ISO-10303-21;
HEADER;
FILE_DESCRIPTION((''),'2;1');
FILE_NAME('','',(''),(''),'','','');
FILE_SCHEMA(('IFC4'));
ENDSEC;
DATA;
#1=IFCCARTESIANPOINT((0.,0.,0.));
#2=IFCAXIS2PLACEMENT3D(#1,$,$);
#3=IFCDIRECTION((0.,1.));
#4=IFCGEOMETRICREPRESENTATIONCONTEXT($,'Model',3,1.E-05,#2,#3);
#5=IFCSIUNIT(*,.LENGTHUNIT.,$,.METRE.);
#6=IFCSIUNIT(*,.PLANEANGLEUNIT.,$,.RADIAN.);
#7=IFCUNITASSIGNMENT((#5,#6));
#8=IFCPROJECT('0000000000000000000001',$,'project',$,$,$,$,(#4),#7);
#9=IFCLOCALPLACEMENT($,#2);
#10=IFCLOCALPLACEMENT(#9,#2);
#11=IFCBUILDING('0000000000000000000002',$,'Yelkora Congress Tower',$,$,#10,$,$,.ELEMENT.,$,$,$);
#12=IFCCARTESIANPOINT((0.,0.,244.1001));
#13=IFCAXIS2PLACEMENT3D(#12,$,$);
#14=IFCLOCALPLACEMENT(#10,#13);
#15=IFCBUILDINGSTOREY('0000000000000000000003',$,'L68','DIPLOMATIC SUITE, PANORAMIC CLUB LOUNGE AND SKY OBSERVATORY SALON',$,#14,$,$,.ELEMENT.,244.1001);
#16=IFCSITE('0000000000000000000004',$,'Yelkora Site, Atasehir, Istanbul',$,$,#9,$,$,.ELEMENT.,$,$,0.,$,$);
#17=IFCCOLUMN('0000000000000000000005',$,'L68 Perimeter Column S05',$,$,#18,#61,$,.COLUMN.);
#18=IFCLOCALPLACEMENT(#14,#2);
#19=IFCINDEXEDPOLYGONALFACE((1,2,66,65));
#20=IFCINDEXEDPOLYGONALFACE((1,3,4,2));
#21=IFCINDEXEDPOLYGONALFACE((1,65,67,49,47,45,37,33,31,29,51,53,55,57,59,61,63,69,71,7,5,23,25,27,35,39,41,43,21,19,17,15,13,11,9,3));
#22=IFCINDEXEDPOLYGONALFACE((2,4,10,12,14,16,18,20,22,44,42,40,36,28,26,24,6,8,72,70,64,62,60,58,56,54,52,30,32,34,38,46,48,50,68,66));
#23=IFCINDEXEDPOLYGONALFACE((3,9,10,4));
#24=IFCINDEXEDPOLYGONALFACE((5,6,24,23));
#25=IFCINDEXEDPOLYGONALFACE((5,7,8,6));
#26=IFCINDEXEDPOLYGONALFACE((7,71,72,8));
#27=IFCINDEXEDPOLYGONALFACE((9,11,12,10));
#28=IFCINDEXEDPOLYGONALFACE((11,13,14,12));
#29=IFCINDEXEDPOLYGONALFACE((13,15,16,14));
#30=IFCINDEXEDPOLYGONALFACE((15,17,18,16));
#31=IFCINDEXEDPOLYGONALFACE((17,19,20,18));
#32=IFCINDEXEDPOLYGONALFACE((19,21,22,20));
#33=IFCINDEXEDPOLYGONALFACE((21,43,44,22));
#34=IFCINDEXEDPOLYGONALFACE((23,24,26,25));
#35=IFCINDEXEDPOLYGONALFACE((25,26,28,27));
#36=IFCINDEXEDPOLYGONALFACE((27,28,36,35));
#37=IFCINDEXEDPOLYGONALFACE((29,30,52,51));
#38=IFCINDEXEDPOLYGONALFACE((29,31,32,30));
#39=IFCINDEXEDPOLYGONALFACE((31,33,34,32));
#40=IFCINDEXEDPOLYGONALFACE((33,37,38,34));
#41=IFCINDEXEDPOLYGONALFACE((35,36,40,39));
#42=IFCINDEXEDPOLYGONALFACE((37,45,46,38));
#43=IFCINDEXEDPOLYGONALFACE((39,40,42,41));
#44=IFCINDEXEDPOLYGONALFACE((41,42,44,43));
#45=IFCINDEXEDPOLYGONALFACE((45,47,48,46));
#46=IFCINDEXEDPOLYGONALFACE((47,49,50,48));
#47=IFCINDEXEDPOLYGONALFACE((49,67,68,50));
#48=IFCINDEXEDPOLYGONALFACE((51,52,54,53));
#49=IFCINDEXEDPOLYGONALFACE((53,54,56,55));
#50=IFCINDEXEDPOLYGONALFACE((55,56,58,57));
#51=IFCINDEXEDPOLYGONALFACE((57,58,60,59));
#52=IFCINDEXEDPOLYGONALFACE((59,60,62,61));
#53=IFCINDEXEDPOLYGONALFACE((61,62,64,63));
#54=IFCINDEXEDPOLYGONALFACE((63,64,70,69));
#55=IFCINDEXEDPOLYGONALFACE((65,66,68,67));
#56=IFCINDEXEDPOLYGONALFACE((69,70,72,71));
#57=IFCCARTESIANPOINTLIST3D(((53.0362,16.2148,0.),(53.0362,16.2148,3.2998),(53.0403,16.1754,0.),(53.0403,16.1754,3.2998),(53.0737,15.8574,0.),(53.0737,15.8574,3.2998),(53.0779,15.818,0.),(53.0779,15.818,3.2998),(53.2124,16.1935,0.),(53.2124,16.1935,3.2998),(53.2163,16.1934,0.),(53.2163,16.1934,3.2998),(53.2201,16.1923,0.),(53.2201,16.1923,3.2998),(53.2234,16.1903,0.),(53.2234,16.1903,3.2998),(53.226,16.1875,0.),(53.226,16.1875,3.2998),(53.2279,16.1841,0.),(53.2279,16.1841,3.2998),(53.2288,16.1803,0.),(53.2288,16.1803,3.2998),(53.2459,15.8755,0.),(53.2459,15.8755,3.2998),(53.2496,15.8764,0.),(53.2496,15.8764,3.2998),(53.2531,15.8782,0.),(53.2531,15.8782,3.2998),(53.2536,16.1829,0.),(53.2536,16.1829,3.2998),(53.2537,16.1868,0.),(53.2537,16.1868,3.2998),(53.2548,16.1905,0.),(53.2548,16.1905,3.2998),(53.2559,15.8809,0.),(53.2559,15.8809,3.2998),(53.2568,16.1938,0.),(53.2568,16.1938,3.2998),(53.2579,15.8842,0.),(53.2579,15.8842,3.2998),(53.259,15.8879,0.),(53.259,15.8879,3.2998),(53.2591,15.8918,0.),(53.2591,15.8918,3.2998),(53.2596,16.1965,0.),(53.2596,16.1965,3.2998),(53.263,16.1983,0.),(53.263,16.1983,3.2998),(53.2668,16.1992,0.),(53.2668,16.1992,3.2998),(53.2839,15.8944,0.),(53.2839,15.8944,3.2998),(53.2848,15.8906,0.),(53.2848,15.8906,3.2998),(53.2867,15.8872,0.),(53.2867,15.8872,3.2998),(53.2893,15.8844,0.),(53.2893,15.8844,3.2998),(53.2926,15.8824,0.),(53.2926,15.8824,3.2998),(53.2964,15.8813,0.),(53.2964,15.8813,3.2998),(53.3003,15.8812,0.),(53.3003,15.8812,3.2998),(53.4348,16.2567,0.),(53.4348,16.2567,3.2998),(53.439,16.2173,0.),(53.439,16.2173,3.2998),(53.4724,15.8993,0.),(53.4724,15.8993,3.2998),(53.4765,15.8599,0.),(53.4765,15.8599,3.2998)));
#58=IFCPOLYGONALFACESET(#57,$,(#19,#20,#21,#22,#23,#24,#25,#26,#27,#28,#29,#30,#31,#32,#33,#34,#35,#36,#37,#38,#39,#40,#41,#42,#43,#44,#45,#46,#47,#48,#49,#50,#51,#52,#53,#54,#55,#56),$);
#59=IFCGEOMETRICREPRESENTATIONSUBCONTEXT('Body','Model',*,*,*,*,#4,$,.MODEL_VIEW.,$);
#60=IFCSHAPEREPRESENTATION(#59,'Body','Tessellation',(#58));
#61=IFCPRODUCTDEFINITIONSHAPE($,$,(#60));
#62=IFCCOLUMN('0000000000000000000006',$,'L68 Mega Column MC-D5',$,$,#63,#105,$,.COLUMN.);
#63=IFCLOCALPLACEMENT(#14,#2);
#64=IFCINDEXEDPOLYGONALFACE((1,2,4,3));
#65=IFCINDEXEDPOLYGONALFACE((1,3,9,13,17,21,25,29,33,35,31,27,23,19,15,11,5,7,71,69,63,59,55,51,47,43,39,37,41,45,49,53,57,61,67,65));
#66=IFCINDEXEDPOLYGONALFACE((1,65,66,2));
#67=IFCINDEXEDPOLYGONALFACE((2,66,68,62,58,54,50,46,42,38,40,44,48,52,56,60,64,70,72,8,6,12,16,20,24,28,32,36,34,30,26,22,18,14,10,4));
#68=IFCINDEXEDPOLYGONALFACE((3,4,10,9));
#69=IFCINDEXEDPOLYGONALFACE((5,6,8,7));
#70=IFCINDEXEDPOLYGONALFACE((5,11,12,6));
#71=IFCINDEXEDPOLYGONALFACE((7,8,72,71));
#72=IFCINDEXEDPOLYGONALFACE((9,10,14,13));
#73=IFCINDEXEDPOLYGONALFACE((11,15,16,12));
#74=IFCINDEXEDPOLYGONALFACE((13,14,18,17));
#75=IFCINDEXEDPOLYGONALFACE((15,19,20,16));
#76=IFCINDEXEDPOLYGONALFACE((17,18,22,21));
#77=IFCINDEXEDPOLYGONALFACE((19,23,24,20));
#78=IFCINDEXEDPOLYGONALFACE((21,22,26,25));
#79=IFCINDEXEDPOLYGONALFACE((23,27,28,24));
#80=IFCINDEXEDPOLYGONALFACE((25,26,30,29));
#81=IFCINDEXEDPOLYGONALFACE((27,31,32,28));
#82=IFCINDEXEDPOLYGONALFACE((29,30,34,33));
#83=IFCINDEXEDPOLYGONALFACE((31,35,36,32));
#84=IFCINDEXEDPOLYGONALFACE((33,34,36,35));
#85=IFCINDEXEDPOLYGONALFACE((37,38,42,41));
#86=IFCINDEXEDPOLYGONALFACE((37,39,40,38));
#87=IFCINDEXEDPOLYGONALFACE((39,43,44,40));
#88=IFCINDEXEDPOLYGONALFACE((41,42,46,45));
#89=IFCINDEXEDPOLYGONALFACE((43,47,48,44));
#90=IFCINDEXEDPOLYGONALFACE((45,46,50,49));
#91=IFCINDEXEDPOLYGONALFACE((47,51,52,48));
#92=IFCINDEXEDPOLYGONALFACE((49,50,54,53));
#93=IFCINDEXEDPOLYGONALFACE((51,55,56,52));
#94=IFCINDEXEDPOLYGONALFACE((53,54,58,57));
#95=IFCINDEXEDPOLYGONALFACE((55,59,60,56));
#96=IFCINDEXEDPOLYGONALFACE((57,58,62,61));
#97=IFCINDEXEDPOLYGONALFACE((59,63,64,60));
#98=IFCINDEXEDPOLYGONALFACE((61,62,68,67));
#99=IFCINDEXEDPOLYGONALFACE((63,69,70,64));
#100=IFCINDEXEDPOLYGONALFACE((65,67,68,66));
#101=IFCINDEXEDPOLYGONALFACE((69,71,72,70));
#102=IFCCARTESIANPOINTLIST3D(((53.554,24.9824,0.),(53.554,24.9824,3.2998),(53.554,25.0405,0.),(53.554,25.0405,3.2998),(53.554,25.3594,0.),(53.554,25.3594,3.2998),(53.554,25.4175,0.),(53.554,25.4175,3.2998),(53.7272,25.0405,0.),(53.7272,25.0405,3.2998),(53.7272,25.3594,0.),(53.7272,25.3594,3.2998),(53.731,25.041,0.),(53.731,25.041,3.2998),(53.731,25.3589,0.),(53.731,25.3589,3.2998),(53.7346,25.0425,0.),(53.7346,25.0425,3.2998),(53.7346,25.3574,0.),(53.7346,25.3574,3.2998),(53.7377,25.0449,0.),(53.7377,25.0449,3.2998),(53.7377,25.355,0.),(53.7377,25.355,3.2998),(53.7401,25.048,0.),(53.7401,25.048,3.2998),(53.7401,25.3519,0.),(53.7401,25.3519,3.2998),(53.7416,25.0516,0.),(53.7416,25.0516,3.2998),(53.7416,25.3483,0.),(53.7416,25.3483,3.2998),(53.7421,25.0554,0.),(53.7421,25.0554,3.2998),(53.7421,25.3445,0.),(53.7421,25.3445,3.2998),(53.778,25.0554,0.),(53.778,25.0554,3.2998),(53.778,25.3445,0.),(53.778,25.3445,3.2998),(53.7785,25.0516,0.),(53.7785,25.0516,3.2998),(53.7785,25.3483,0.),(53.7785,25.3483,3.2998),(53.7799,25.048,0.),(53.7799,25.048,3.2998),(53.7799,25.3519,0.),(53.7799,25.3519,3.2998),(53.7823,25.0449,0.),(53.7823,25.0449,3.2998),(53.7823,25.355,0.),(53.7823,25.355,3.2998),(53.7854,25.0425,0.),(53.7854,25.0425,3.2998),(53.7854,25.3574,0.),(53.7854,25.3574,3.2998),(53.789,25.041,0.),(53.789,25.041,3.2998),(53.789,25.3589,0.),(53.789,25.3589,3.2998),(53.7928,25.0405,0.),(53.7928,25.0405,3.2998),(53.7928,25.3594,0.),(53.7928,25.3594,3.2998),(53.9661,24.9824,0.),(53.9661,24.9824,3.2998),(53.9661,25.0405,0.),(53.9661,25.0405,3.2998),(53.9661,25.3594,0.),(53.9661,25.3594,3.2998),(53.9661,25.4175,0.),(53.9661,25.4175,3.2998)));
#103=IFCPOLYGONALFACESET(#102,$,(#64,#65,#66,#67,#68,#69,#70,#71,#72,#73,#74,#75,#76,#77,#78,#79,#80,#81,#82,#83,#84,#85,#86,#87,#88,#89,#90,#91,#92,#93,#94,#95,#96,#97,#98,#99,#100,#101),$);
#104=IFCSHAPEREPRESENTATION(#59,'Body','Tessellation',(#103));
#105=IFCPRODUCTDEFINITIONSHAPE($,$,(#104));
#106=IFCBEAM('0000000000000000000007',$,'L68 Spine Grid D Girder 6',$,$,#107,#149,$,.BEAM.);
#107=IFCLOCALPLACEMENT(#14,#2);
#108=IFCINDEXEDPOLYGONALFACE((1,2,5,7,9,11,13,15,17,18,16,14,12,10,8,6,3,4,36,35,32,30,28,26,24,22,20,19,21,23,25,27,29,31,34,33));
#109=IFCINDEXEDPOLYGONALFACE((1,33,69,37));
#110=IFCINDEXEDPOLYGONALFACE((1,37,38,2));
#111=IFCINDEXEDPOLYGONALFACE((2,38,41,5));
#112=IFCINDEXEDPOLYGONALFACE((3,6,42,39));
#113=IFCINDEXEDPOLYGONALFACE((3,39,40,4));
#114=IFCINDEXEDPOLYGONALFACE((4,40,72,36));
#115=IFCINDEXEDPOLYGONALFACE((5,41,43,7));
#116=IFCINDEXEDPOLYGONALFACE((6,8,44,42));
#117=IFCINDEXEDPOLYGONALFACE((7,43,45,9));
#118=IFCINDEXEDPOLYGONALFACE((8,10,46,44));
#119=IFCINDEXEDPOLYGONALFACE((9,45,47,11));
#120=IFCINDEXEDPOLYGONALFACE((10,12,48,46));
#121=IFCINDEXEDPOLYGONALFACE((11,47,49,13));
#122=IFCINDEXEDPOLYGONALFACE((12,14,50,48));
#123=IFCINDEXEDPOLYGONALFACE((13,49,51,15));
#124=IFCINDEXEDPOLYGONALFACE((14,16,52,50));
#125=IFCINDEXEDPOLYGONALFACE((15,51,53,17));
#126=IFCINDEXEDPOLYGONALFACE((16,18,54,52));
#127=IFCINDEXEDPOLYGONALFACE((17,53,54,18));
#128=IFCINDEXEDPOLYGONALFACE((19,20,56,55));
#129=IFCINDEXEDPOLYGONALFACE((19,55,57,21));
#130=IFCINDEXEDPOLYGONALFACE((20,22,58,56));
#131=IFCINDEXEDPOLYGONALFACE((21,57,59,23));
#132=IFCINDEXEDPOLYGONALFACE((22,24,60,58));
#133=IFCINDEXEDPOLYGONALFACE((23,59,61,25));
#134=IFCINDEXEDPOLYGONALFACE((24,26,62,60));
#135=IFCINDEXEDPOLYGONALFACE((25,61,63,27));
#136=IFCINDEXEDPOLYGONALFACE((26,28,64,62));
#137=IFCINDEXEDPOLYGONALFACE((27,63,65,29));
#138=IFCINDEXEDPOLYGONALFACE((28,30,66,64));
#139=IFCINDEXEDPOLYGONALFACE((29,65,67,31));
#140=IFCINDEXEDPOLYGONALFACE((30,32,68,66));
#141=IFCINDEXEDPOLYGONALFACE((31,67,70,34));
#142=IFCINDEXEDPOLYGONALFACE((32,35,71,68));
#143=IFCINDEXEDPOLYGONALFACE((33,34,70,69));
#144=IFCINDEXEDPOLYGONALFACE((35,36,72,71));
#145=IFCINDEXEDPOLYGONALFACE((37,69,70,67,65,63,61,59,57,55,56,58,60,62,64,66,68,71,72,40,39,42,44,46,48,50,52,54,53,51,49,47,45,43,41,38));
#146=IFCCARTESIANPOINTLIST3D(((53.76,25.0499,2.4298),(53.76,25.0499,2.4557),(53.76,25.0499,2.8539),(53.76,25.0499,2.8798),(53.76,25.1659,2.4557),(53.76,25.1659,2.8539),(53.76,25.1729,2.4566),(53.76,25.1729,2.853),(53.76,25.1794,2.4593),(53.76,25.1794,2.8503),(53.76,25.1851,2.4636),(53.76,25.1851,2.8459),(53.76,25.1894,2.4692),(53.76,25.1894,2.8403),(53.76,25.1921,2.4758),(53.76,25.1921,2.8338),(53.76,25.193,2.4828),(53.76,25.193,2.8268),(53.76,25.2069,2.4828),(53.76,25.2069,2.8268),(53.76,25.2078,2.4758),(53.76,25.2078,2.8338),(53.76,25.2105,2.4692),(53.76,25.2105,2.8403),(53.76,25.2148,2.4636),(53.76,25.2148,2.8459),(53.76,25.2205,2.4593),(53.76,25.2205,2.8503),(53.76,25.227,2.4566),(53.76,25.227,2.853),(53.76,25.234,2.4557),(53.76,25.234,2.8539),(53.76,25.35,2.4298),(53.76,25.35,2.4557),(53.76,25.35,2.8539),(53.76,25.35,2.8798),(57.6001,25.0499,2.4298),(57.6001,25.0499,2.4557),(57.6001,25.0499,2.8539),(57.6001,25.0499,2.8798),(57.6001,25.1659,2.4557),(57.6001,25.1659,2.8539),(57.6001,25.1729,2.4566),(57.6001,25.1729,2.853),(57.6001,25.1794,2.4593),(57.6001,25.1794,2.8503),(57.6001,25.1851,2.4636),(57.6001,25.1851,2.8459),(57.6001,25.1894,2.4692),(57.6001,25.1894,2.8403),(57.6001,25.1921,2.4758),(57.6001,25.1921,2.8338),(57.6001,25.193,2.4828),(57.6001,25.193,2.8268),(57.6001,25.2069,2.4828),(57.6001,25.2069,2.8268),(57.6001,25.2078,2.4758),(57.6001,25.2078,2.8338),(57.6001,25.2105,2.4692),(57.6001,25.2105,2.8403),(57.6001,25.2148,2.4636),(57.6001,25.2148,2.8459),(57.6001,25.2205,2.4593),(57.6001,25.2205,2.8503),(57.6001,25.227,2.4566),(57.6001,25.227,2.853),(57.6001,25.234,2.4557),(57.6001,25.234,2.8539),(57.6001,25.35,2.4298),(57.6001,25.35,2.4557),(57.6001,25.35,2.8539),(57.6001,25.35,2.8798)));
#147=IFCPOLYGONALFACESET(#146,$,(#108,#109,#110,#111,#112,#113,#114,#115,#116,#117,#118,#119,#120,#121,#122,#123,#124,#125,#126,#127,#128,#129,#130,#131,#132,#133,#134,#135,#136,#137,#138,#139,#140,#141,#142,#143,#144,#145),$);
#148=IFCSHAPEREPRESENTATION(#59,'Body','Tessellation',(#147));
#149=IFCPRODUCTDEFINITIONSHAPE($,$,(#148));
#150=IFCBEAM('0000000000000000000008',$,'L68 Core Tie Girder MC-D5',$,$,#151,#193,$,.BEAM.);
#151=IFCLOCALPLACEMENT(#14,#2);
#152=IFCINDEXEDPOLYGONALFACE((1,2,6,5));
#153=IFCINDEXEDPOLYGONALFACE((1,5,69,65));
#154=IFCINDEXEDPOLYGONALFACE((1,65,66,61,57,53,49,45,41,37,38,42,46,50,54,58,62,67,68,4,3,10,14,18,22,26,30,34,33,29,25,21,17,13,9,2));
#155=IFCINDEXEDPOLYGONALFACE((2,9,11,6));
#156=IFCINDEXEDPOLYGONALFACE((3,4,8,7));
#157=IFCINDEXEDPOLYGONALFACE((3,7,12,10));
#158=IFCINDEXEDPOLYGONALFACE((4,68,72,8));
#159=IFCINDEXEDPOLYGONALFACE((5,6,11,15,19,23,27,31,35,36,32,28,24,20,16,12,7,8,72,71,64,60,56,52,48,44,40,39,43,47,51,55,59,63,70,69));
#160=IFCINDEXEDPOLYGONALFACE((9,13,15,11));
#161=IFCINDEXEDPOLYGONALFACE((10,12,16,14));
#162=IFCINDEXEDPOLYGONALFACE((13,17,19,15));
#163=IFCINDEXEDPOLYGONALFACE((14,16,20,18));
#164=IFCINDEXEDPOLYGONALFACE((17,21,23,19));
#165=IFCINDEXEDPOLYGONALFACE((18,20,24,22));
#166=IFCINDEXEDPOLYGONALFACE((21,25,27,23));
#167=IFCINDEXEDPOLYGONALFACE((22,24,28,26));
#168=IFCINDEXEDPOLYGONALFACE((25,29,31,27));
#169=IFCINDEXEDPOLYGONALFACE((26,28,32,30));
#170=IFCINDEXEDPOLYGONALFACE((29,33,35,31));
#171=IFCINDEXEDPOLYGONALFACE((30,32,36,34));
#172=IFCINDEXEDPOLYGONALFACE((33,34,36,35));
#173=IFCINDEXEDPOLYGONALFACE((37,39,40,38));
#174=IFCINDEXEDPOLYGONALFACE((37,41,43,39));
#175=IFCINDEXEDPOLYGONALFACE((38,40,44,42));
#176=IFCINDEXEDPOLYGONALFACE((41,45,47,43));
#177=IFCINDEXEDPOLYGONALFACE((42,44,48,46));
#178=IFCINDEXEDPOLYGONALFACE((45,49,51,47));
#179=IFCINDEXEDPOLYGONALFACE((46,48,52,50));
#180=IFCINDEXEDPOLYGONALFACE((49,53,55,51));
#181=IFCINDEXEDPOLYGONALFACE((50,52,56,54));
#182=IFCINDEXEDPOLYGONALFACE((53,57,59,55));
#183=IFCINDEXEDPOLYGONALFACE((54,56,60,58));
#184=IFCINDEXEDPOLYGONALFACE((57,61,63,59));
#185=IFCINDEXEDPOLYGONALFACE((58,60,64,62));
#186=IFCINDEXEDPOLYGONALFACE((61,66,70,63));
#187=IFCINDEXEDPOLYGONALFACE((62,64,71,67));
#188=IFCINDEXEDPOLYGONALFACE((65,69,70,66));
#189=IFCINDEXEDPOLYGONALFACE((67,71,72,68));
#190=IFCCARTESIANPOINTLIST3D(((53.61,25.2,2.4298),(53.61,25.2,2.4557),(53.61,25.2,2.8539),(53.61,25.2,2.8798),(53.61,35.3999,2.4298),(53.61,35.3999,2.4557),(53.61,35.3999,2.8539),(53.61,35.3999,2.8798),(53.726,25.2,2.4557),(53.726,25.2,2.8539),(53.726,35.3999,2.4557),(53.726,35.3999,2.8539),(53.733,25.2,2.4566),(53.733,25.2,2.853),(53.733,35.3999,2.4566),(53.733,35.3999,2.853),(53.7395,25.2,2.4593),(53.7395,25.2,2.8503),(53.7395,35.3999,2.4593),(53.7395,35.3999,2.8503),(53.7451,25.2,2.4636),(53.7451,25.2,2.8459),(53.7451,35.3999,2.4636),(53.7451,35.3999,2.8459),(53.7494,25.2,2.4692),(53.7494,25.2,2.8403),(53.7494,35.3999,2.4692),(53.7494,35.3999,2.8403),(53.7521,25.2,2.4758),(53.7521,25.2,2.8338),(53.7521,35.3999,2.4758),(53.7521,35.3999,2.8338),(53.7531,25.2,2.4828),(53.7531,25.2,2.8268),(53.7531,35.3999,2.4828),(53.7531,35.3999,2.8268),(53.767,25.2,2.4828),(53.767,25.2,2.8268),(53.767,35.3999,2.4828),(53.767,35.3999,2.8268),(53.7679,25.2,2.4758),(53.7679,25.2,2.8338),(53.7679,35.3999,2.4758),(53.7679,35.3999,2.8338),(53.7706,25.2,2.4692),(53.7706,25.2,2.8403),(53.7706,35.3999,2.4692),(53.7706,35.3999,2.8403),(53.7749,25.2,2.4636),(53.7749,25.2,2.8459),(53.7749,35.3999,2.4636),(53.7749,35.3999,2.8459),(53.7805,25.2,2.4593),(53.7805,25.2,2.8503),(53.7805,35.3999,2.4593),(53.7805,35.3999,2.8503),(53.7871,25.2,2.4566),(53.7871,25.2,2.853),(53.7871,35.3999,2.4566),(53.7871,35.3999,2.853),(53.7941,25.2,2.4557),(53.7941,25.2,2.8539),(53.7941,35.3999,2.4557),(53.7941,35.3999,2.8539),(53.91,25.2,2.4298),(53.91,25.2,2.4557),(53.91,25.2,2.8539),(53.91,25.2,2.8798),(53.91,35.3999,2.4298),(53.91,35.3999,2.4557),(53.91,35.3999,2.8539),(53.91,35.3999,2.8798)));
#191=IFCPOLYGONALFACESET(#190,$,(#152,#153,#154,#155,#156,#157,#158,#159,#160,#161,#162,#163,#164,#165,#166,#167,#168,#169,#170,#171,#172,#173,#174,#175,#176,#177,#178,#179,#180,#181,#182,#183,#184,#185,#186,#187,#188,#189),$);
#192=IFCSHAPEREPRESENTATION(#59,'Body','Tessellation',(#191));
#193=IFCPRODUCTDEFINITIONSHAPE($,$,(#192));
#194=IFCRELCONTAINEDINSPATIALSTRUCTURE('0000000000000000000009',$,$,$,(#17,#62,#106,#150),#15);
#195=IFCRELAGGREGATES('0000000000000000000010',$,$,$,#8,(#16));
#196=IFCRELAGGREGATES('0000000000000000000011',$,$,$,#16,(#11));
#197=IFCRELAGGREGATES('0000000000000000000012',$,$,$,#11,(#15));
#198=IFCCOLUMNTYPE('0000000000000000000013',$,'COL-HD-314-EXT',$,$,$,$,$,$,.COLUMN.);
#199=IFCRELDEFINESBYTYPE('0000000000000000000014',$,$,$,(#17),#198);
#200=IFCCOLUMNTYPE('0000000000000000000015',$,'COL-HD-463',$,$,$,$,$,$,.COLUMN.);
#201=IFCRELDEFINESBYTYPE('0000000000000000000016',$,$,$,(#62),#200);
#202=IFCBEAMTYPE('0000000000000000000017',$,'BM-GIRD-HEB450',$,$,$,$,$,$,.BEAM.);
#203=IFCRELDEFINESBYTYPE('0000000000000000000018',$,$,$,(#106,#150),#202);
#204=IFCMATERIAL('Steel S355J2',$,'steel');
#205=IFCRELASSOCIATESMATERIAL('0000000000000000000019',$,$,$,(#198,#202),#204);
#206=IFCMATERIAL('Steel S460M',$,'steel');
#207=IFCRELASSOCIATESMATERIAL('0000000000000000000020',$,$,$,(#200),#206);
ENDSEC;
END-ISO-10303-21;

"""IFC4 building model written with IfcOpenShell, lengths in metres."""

from ifc_helpers import new_model, si_unit, direction, frame, origin, origin_2d, place, context, subcontext, project, spatial, i_section, extrude, material, material_profile, profile_set, type_object, element, save


model = new_model("IFC4")

# Units and contexts
model_context = context("Model", 3, precision=1e-05, world=origin(), true_north=direction((0.0, 1.0)))
body_context = subcontext(model_context, "Body", "Model", "MODEL_VIEW")
ifc_project = project(units=[si_unit("LENGTHUNIT", "METRE"), si_unit("PLANEANGLEUNIT", "RADIAN")], contexts=[model_context])

# Site, building, storey
site_placement = place(None, origin())
site = spatial("IfcSite", under=ifc_project, at=site_placement, Name="Yelkora Site, Atasehir, Istanbul", CompositionType="ELEMENT", RefElevation=0.0)
building_placement = place(site_placement, origin())
building = spatial("IfcBuilding", under=site, at=building_placement, Name="Yelkora Congress Tower", CompositionType="ELEMENT")
storey_placement = place(building_placement, frame((0.0, 0.0, 244.1001)))
storey = spatial("IfcBuildingStorey", under=building, at=storey_placement, Name="L68", Description="DIPLOMATIC SUITE, PANORAMIC CLUB LOUNGE AND SKY OBSERVATORY SALON", CompositionType="ELEMENT", Elevation=244.1001)

# Columns
ifc_material_1 = material(Name="Steel S355J2", Category="steel")
ifc_material_profile_1 = material_profile(ifc_material_1, i_section(OverallWidth=0.4009, OverallDepth=0.3989, WebThickness=0.0249, FlangeThickness=0.0396, FilletRadius=0.0149, at=origin_2d()), Name="HD 400x314")
ifc_profile_set_1 = profile_set([ifc_material_profile_1], Name="Steel S355J2")
column_type_1 = type_object("IfcColumnType", Name="COL-HD-314-EXT", PredefinedType="COLUMN", material=ifc_profile_set_1)
column_1_placement = place(storey_placement, frame((53.2563, 16.0374, 0.0), z_axis=(0.0, 0.0, 1.0), x_axis=(0.994522, 0.104528, 0.0)))
element("IfcColumn", 1, at=column_1_placement, inside=storey, type_object=column_type_1, Name="L68 Perimeter Column S05", PredefinedType="COLUMN", context=body_context, shape_type="SweptSolid", body=[
    extrude(i_section(OverallWidth=0.4009, OverallDepth=0.3989, WebThickness=0.0249, FlangeThickness=0.0396, FilletRadius=0.0149, at=origin_2d()), origin(), (0.0, 0.0, 1.0), 3.2998),
])
ifc_material_2 = material(Name="Steel S460M", Category="steel")
ifc_material_profile_2 = material_profile(ifc_material_2, i_section(OverallWidth=0.4121, OverallDepth=0.4351, WebThickness=0.0359, FlangeThickness=0.0581, FilletRadius=0.0149, at=origin_2d()), Name="HD 400x463")
ifc_profile_set_2 = profile_set([ifc_material_profile_2], Name="Steel S460M")
column_type_2 = type_object("IfcColumnType", Name="COL-HD-463", PredefinedType="COLUMN", material=ifc_profile_set_2)
column_2_placement = place(storey_placement, frame((53.76, 25.2, 0.0), z_axis=(0.0, 0.0, 1.0), x_axis=(1.0, 0.0, 0.0)))
element("IfcColumn", 2, at=column_2_placement, inside=storey, type_object=column_type_2, Name="L68 Mega Column MC-D5", PredefinedType="COLUMN", context=body_context, shape_type="SweptSolid", body=[
    extrude(i_section(OverallWidth=0.4121, OverallDepth=0.4351, WebThickness=0.0359, FlangeThickness=0.0581, FilletRadius=0.0149, at=origin_2d()), origin(), (0.0, 0.0, 1.0), 3.2998),
])

# Beams
ifc_material_profile_3 = material_profile(ifc_material_1, i_section(OverallWidth=0.3, OverallDepth=0.45, WebThickness=0.0139, FlangeThickness=0.0259, FilletRadius=0.0271, at=origin_2d()), Name="HEB 450")
ifc_profile_set_3 = profile_set([ifc_material_profile_3], Name="Steel S355J2")
beam_type_1 = type_object("IfcBeamType", Name="BM-GIRD-HEB450", PredefinedType="BEAM", material=ifc_profile_set_3)
beam_1_placement = place(storey_placement, frame((53.76, 25.2, 2.6548), z_axis=(1.0, 0.0, 0.0), x_axis=(0.0, 1.0, 0.0)))
element("IfcBeam", 3, at=beam_1_placement, inside=storey, type_object=beam_type_1, Name="L68 Spine Grid D Girder 6", PredefinedType="BEAM", context=body_context, shape_type="SweptSolid", body=[
    extrude(i_section(OverallWidth=0.3, OverallDepth=0.45, WebThickness=0.0139, FlangeThickness=0.0259, FilletRadius=0.0271, at=origin_2d()), origin(), (0.0, 0.0, 1.0), 3.8401),
])
beam_2_placement = place(storey_placement, frame((53.76, 25.2, 2.6548), z_axis=(0.0, 1.0, 0.0), x_axis=(-1.0, 0.0, 0.0)))
element("IfcBeam", 4, at=beam_2_placement, inside=storey, type_object=beam_type_1, Name="L68 Core Tie Girder MC-D5", PredefinedType="BEAM", context=body_context, shape_type="SweptSolid", body=[
    extrude(i_section(OverallWidth=0.3, OverallDepth=0.45, WebThickness=0.0139, FlangeThickness=0.0259, FilletRadius=0.0271, at=origin_2d()), origin(), (0.0, 0.0, 1.0), 10.2),
])

save(model, "model.ifc")
